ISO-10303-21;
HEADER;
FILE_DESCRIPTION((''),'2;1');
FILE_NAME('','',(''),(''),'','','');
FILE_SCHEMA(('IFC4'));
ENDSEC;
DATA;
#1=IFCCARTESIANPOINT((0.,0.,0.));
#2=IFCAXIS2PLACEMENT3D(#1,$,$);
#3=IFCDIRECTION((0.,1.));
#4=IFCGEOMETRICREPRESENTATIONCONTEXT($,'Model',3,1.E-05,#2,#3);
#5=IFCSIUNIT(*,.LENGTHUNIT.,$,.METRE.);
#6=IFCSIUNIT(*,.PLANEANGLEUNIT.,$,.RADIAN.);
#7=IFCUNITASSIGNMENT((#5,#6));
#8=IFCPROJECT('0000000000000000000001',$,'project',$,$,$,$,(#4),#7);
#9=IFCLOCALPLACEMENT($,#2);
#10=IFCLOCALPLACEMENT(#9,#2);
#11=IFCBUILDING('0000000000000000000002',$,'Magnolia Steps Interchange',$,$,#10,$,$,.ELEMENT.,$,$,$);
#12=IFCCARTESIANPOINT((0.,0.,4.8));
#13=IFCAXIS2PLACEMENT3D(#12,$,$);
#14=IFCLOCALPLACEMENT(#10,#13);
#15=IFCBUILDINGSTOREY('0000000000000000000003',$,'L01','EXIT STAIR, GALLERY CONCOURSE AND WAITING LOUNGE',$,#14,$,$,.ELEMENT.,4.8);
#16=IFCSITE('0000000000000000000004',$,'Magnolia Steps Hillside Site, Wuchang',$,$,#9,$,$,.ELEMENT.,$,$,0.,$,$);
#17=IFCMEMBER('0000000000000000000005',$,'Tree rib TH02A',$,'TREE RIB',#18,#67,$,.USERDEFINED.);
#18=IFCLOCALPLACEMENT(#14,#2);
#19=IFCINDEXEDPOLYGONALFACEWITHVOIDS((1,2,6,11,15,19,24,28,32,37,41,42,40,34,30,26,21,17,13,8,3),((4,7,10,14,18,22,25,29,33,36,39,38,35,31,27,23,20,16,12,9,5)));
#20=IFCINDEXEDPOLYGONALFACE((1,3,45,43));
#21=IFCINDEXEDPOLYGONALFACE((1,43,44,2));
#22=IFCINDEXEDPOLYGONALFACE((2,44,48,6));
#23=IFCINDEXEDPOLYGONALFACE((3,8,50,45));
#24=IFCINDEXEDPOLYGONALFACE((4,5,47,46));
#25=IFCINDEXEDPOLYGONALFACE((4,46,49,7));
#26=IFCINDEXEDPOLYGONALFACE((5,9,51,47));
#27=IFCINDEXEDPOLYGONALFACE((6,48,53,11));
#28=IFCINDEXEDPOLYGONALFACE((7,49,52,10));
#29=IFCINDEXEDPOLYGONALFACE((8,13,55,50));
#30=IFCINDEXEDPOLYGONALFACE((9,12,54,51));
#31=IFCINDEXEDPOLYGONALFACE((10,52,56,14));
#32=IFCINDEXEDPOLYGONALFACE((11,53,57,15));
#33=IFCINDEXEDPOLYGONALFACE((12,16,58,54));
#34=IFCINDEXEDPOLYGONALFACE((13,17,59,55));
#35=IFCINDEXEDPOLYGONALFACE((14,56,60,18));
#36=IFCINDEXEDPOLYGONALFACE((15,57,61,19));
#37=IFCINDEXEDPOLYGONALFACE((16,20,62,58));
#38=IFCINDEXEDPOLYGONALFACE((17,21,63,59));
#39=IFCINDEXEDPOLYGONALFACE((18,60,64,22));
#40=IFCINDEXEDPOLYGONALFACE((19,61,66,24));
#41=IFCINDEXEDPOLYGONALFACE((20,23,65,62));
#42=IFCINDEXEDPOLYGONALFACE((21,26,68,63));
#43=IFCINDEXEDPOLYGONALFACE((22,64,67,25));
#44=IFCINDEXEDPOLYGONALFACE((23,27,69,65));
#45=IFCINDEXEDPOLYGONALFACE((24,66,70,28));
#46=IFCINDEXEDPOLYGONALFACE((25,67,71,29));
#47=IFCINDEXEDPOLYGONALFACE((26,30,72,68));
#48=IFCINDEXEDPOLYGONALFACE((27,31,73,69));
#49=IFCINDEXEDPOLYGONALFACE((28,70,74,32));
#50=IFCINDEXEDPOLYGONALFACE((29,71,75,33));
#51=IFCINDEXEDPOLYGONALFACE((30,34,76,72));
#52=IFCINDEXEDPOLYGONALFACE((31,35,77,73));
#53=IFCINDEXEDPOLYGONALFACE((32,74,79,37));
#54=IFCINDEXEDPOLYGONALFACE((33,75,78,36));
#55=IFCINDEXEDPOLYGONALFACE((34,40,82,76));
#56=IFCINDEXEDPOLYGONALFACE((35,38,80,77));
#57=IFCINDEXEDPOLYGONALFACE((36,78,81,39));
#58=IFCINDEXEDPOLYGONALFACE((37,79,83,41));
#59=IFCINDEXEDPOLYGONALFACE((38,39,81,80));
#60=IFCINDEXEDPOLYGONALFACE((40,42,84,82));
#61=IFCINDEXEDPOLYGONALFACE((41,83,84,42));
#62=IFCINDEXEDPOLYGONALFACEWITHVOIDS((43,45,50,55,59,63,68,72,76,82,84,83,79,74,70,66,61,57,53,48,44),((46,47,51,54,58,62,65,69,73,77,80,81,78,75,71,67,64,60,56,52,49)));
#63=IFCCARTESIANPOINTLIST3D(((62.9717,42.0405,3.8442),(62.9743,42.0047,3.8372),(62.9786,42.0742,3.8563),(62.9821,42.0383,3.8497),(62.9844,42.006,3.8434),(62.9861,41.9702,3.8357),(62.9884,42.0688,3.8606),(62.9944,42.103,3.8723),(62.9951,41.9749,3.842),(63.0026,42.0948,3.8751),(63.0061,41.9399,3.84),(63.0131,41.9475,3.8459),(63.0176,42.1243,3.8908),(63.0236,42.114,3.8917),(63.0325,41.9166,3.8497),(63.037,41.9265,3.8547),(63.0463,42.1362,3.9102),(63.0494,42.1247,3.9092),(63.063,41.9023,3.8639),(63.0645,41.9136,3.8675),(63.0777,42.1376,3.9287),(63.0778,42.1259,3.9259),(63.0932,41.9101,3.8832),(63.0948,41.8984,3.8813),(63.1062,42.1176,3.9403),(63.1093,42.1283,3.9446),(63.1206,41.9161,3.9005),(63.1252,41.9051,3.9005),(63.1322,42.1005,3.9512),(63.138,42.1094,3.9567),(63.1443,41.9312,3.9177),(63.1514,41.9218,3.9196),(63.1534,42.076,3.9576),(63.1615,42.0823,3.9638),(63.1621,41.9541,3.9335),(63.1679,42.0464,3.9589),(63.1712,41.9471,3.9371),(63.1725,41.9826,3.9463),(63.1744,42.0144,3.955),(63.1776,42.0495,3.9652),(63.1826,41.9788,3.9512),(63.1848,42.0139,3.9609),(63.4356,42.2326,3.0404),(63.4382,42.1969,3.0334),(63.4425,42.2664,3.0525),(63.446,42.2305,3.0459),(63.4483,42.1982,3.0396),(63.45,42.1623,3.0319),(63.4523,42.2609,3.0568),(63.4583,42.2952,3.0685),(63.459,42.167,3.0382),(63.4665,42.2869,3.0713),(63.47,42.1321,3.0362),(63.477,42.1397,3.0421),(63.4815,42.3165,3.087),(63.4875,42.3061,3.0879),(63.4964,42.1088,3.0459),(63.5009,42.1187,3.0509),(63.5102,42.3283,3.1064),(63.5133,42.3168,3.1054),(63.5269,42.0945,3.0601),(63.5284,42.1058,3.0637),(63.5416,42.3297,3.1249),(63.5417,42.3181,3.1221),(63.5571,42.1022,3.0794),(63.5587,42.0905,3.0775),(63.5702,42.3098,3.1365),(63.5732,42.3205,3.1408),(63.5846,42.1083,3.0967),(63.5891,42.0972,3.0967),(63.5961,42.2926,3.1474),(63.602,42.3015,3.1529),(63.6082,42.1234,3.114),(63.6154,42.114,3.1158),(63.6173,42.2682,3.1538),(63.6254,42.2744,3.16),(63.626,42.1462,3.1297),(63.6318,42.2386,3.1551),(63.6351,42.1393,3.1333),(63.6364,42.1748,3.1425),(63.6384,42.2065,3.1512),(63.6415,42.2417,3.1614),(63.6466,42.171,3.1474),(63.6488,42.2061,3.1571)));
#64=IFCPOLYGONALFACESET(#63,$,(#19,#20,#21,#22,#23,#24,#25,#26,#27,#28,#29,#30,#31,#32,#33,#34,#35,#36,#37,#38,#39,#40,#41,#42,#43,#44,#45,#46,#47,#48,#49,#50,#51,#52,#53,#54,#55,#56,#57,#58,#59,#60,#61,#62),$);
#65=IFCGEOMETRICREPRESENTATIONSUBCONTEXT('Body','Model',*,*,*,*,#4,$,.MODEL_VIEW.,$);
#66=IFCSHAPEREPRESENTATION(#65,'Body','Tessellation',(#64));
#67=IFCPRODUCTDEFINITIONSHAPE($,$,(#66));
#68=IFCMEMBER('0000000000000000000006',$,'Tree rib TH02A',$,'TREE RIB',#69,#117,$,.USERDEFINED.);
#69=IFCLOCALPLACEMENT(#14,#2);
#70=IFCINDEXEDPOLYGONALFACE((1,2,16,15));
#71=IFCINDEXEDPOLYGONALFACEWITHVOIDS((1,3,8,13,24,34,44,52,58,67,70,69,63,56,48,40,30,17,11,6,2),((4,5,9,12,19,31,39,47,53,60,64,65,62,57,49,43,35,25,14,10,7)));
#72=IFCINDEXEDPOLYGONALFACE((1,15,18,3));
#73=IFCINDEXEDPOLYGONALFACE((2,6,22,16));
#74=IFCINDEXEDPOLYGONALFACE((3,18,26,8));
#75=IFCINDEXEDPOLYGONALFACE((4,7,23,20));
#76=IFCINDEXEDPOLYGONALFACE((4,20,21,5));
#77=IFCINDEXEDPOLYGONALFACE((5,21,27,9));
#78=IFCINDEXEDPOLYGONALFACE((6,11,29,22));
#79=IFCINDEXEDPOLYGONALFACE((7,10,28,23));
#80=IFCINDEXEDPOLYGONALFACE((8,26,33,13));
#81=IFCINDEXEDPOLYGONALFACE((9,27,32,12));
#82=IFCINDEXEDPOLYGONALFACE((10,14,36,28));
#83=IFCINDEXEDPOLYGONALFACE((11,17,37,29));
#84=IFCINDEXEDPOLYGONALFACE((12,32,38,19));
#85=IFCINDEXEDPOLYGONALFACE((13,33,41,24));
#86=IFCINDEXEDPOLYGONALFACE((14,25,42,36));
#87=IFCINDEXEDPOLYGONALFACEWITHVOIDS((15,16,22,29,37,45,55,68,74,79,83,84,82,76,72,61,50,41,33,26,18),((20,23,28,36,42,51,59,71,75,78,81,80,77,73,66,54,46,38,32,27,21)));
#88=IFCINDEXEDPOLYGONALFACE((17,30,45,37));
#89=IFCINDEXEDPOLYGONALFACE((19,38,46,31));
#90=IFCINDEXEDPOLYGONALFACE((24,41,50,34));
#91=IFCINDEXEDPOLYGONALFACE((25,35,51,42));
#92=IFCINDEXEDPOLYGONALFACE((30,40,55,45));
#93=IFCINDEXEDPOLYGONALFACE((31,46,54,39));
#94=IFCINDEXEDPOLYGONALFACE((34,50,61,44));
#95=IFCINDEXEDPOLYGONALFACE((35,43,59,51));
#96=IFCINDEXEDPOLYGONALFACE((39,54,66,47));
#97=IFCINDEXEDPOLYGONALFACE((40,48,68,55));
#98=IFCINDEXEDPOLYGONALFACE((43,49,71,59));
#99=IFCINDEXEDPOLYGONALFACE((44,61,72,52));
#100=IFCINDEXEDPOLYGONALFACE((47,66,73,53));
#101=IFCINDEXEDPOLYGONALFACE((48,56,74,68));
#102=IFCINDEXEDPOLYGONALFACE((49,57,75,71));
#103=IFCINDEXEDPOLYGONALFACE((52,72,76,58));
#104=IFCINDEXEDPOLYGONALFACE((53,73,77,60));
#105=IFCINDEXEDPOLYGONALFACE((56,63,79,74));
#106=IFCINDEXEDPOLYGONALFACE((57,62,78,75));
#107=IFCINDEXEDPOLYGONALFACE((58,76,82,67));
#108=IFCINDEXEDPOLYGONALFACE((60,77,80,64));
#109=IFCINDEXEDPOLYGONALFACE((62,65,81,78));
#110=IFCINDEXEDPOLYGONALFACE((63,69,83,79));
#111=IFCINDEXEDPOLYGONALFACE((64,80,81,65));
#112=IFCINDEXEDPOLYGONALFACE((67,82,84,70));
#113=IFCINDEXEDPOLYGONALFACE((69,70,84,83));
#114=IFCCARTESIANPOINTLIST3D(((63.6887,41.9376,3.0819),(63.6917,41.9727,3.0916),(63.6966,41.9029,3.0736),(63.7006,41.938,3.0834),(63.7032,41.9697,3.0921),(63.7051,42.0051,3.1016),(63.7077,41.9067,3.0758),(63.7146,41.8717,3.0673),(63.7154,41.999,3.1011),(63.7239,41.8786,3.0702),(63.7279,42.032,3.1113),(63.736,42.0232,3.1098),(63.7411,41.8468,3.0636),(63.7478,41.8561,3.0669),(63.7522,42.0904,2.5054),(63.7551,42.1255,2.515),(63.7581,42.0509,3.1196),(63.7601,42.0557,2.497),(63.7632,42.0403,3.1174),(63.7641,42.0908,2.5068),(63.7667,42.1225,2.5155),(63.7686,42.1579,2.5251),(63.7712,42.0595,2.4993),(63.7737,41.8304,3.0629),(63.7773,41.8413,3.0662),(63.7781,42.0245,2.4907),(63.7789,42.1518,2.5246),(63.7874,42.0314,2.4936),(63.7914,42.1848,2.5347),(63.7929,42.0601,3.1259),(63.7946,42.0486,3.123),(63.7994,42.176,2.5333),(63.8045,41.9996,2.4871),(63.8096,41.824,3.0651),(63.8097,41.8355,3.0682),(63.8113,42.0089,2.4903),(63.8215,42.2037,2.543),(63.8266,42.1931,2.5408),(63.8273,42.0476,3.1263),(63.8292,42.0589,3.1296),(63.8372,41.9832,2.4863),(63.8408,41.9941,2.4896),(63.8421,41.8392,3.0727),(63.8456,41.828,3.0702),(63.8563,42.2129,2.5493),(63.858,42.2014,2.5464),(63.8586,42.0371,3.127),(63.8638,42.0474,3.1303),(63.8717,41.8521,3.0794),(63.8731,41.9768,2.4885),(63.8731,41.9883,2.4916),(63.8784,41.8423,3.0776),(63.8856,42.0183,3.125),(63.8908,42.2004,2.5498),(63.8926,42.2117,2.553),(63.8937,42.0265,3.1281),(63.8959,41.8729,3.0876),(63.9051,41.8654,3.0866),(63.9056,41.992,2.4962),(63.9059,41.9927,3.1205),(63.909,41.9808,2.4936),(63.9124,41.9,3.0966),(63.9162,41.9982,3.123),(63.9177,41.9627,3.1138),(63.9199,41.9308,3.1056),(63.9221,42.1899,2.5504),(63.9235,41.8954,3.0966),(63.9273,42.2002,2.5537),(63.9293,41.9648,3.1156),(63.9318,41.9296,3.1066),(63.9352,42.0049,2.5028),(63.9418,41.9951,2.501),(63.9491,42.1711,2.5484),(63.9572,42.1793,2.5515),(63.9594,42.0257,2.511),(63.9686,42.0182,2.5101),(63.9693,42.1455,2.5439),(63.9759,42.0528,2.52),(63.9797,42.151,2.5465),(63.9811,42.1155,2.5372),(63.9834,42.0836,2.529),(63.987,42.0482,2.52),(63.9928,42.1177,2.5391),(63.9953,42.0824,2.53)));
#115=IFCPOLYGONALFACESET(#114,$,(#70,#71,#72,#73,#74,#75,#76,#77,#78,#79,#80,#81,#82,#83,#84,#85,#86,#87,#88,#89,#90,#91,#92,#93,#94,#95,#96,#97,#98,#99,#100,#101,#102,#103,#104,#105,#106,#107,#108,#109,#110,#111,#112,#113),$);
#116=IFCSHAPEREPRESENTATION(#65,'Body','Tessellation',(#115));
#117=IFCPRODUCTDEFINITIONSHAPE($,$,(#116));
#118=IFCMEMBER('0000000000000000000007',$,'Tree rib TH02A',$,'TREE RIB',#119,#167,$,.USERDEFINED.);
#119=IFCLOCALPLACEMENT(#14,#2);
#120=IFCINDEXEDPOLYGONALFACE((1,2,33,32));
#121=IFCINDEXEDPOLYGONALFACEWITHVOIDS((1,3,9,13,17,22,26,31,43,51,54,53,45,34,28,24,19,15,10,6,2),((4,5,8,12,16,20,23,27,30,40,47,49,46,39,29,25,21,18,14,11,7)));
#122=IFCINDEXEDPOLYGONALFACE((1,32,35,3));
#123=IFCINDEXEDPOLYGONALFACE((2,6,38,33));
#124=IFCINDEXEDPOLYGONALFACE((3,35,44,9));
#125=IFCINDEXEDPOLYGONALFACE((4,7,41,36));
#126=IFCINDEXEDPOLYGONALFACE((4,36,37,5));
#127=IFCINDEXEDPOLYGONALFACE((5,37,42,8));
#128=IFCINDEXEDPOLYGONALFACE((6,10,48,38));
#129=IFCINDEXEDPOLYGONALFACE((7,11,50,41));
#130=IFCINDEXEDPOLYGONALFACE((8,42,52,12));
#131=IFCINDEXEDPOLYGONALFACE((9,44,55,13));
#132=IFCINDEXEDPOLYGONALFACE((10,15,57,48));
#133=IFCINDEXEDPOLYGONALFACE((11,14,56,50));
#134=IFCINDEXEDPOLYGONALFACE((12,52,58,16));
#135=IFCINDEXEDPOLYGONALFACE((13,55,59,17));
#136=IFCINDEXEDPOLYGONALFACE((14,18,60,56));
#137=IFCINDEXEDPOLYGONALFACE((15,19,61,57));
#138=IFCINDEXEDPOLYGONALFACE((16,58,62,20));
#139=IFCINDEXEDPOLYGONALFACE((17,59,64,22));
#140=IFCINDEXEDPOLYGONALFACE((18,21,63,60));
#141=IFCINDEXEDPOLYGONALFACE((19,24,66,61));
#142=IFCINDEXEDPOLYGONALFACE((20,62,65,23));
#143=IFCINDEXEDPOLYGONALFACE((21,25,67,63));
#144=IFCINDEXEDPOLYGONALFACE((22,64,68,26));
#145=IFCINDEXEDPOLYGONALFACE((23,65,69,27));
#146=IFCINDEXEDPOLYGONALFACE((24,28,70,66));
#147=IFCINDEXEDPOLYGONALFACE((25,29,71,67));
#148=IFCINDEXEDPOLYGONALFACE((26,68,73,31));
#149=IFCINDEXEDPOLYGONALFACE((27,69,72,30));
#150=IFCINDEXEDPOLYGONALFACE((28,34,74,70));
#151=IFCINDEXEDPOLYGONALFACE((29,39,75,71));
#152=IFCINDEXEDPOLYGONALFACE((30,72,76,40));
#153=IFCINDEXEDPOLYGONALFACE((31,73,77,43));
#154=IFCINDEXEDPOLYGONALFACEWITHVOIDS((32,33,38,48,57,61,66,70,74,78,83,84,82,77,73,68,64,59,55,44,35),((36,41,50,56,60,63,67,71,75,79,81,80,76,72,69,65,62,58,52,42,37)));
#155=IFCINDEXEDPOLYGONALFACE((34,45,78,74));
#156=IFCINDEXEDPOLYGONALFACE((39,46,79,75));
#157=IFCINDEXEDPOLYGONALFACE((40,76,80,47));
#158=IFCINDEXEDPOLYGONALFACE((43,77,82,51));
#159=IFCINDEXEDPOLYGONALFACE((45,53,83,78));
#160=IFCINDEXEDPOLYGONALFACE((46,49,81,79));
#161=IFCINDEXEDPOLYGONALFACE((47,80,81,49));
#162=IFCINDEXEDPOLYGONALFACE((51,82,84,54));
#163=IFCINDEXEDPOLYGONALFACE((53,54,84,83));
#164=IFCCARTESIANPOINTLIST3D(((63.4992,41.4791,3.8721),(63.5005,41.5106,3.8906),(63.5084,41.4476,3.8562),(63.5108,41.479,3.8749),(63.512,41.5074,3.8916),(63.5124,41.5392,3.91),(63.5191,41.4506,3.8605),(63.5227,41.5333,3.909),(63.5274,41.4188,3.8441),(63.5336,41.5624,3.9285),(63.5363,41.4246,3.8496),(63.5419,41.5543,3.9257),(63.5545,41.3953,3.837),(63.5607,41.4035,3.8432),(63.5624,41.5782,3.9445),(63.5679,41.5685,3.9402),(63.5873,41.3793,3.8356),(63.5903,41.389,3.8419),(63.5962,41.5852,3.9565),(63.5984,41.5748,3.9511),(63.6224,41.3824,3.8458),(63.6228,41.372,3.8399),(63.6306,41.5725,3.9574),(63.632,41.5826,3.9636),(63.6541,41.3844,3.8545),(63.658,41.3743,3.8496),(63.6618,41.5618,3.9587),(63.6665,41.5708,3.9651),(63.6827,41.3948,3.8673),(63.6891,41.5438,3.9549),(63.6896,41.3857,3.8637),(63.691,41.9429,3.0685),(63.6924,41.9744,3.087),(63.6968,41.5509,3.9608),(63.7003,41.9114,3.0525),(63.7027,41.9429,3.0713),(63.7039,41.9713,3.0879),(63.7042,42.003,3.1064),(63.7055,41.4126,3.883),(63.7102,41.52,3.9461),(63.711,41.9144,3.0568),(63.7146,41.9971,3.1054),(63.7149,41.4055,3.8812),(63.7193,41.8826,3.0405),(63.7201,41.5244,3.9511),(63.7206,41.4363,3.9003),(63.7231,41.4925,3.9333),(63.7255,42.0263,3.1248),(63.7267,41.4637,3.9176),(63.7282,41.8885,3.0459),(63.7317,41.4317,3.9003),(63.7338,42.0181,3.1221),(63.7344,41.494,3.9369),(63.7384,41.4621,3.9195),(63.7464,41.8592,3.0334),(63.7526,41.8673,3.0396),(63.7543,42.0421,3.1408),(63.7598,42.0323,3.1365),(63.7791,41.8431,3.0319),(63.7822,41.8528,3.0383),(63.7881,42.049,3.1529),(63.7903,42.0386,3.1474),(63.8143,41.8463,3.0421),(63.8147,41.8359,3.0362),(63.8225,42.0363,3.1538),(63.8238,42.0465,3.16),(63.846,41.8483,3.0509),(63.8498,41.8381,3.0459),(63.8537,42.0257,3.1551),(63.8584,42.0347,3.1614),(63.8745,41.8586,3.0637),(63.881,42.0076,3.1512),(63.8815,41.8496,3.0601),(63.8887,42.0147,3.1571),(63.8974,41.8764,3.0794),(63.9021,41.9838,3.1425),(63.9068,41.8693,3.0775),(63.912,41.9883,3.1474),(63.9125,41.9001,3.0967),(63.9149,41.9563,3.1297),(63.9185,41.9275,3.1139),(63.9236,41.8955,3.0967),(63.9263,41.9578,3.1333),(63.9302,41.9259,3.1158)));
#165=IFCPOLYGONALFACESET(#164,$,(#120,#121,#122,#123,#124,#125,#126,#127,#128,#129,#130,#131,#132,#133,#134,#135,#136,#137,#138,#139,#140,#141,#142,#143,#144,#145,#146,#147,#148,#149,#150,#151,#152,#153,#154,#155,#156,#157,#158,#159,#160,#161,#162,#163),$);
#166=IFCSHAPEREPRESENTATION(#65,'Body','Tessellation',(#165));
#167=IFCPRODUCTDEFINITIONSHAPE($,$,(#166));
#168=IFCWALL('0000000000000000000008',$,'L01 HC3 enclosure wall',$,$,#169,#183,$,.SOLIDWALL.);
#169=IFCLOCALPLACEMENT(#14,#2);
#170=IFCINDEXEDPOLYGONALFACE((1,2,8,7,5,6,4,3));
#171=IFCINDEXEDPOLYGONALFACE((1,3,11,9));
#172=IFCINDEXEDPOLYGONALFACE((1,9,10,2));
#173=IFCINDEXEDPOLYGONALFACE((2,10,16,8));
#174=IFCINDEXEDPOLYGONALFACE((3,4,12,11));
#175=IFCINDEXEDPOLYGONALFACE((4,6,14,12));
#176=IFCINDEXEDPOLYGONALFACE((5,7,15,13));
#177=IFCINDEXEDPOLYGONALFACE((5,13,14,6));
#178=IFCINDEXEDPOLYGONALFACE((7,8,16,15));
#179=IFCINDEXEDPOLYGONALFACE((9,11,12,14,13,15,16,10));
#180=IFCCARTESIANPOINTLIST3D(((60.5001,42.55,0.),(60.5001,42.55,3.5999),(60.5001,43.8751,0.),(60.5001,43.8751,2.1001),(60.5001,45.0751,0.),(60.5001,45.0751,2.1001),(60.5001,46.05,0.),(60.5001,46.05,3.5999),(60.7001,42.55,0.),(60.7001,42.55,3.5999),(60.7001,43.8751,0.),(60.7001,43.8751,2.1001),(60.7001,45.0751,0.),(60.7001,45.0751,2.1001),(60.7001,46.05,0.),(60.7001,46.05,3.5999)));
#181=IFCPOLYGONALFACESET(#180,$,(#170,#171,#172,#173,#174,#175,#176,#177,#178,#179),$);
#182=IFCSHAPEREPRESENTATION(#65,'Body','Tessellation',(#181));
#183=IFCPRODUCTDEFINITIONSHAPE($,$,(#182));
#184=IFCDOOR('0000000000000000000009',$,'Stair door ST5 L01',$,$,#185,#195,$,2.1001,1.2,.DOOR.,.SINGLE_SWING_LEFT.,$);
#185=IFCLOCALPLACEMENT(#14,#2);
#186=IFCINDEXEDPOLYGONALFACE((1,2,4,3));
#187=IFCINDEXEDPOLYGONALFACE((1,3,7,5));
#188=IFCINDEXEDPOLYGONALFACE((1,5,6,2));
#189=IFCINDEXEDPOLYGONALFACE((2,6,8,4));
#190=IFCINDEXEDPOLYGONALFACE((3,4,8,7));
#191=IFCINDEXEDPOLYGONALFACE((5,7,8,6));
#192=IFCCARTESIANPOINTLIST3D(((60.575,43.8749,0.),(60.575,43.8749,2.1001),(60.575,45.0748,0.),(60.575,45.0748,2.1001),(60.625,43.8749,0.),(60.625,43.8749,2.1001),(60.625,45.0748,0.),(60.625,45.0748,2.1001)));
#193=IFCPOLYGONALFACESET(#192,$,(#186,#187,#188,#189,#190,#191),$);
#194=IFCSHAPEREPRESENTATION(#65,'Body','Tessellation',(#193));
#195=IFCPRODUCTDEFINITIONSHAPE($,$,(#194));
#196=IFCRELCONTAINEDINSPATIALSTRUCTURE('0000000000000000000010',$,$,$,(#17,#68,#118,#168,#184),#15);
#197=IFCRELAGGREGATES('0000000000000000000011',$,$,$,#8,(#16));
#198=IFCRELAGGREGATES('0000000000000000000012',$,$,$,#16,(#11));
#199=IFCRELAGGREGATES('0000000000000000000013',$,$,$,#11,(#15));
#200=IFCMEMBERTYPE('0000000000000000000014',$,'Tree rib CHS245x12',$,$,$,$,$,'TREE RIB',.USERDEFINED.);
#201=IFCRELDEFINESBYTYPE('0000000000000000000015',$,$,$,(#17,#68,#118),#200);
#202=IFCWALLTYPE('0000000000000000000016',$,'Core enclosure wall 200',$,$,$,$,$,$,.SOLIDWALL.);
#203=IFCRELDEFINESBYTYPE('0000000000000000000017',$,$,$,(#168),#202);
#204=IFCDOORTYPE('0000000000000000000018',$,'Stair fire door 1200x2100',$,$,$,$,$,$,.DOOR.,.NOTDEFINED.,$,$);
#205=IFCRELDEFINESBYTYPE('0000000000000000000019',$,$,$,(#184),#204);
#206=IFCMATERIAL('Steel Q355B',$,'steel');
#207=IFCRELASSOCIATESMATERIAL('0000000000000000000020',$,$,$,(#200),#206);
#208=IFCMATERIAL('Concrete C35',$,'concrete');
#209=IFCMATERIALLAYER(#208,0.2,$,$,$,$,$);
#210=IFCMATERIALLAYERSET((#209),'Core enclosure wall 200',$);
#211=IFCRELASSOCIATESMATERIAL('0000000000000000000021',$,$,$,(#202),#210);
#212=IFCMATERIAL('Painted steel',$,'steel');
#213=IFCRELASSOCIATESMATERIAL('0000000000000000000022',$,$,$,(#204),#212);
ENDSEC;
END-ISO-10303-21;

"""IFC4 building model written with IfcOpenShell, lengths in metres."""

from ifc_helpers import new_model, si_unit, direction, frame, frame_2d, origin, origin_2d, place, context, subcontext, project, spatial, rectangle, hollow_circle, extrude, material, layer, layer_set, material_profile, profile_set, type_object, element, fill, save


model = new_model("IFC4")

# Units and contexts
model_context = context("Model", 3, precision=1e-05, world=origin(), true_north=direction((0.0, 1.0)))
body_context = subcontext(model_context, "Body", "Model", "MODEL_VIEW")
ifc_project = project(units=[si_unit("LENGTHUNIT", "METRE"), si_unit("PLANEANGLEUNIT", "RADIAN")], contexts=[model_context])

# Site, building, storey
site_placement = place(None, origin())
site = spatial("IfcSite", under=ifc_project, at=site_placement, Name="Magnolia Steps Hillside Site, Wuchang", CompositionType="ELEMENT", RefElevation=0.0)
building_placement = place(site_placement, origin())
building = spatial("IfcBuilding", under=site, at=building_placement, Name="Magnolia Steps Interchange", CompositionType="ELEMENT")
storey_placement = place(building_placement, frame((0.0, 0.0, 4.8)))
storey = spatial("IfcBuildingStorey", under=building, at=storey_placement, Name="L01", Description="EXIT STAIR, GALLERY CONCOURSE AND WAITING LOUNGE", CompositionType="ELEMENT", Elevation=4.8)

# Members
ifc_material_1 = material(Name="Steel Q355B", Category="steel")
ifc_material_profile_1 = material_profile(ifc_material_1, hollow_circle(Radius=0.1226, WallThickness=0.012, at=origin_2d()), Name="CHS245x12")
ifc_profile_set_1 = profile_set([ifc_material_profile_1], Name="Steel Q355B")
member_type = type_object("IfcMemberType", Name="Tree rib CHS245x12", ElementType="TREE RIB", PredefinedType="USERDEFINED", material=ifc_profile_set_1)
member_1_placement = place(storey_placement, frame((63.5422, 42.2104, 3.0967), z_axis=(-0.489492, -0.202753, 0.848109), x_axis=(0.382681, -0.923881, 0.0)))
element("IfcMember", 1, at=member_1_placement, inside=storey, type_object=member_type, Name="Tree rib TH02A", ObjectType="TREE RIB", PredefinedType="USERDEFINED", context=body_context, shape_type="SweptSolid", body=[
    extrude(hollow_circle(Radius=0.1226, WallThickness=0.012, at=origin_2d()), origin(), (0.0, 0.0, 1.0), 0.9478),
])
member_2_placement = place(storey_placement, frame((63.8738, 42.0952, 2.52), z_axis=(-0.105805, -0.254747, 0.961202), x_axis=(0.923513, -0.383568, 0.0)))
element("IfcMember", 2, at=member_2_placement, inside=storey, type_object=member_type, Name="Tree rib TH02A", ObjectType="TREE RIB", PredefinedType="USERDEFINED", context=body_context, shape_type="SweptSolid", body=[
    extrude(hollow_circle(Radius=0.1226, WallThickness=0.012, at=origin_2d()), origin(), (0.0, 0.0, 1.0), 0.5999),
])
member_3_placement = place(storey_placement, frame((63.8103, 41.9424, 3.0967), z_axis=(-0.202506, -0.489517, 0.848153), x_axis=(0.924052, -0.382266, 0.0)))
element("IfcMember", 3, at=member_3_placement, inside=storey, type_object=member_type, Name="Tree rib TH02A", ObjectType="TREE RIB", PredefinedType="USERDEFINED", context=body_context, shape_type="SweptSolid", body=[
    extrude(hollow_circle(Radius=0.1226, WallThickness=0.012, at=origin_2d()), origin(), (0.0, 0.0, 1.0), 0.9475),
])

# Wall, opening, door
ifc_material_2 = material(Name="Concrete C35", Category="concrete")
ifc_layer_1 = layer(ifc_material_2, 0.2)
ifc_layer_set_1 = layer_set([ifc_layer_1], Name="Core enclosure wall 200")
wall_type_1 = type_object("IfcWallType", Name="Core enclosure wall 200", PredefinedType="SOLIDWALL", material=ifc_layer_set_1)
wall_1_placement = place(storey_placement, frame((60.6001, 42.55, 0.0), z_axis=(0.0, 0.0, 1.0), x_axis=(0.0, 1.0, 0.0)))
wall_1 = element("IfcWall", 4, at=wall_1_placement, inside=storey, type_object=wall_type_1, Name="L01 HC3 enclosure wall", PredefinedType="SOLIDWALL", context=body_context, shape_type="SweptSolid", body=[
    extrude(rectangle(XDim=3.5, YDim=0.2, at=frame_2d((1.75, 0.0))), origin(), (0.0, 0.0, 1.0), 3.5999),
])
opening_placement = place(wall_1_placement, frame((1.325, 0.0, 0.0)))
opening = element("IfcOpeningElement", 5, at=opening_placement, cuts=wall_1, PredefinedType="OPENING", context=body_context, shape_type="SweptSolid", body=[
    extrude(rectangle(XDim=1.2, YDim=2.1001, at=frame_2d((0.6001, 1.05))), frame((0.0, 0.1099, 0.0), z_axis=(0.0, -1.0, 0.0), x_axis=(1.0, 0.0, 0.0)), (0.0, 0.0, 1.0), 0.22),
])
ifc_material_3 = material(Name="Painted steel", Category="steel")
door_type = type_object("IfcDoorType", Name="Stair fire door 1200x2100", OperationType="NOTDEFINED", PredefinedType="DOOR", material=ifc_material_3)
door_placement = place(opening_placement, frame((1.2, 0.0, 0.0), z_axis=(0.0, 0.0, 1.0), x_axis=(-1.0, 0.0, 0.0)))
door = element("IfcDoor", 6, at=door_placement, inside=storey, type_object=door_type, Name="Stair door ST5 L01", OperationType="SINGLE_SWING_LEFT", OverallHeight=2.1001, OverallWidth=1.2, PredefinedType="DOOR", context=body_context, shape_type="SweptSolid", body=[
    extrude(rectangle(XDim=1.2, YDim=2.1001, at=frame_2d((0.6001, 1.05))), frame((0.0, 0.0249, 0.0), z_axis=(0.0, -1.0, 0.0), x_axis=(1.0, 0.0, 0.0)), (0.0, 0.0, 1.0), 0.05),
])
fill(opening, door)

save(model, "model.ifc")
